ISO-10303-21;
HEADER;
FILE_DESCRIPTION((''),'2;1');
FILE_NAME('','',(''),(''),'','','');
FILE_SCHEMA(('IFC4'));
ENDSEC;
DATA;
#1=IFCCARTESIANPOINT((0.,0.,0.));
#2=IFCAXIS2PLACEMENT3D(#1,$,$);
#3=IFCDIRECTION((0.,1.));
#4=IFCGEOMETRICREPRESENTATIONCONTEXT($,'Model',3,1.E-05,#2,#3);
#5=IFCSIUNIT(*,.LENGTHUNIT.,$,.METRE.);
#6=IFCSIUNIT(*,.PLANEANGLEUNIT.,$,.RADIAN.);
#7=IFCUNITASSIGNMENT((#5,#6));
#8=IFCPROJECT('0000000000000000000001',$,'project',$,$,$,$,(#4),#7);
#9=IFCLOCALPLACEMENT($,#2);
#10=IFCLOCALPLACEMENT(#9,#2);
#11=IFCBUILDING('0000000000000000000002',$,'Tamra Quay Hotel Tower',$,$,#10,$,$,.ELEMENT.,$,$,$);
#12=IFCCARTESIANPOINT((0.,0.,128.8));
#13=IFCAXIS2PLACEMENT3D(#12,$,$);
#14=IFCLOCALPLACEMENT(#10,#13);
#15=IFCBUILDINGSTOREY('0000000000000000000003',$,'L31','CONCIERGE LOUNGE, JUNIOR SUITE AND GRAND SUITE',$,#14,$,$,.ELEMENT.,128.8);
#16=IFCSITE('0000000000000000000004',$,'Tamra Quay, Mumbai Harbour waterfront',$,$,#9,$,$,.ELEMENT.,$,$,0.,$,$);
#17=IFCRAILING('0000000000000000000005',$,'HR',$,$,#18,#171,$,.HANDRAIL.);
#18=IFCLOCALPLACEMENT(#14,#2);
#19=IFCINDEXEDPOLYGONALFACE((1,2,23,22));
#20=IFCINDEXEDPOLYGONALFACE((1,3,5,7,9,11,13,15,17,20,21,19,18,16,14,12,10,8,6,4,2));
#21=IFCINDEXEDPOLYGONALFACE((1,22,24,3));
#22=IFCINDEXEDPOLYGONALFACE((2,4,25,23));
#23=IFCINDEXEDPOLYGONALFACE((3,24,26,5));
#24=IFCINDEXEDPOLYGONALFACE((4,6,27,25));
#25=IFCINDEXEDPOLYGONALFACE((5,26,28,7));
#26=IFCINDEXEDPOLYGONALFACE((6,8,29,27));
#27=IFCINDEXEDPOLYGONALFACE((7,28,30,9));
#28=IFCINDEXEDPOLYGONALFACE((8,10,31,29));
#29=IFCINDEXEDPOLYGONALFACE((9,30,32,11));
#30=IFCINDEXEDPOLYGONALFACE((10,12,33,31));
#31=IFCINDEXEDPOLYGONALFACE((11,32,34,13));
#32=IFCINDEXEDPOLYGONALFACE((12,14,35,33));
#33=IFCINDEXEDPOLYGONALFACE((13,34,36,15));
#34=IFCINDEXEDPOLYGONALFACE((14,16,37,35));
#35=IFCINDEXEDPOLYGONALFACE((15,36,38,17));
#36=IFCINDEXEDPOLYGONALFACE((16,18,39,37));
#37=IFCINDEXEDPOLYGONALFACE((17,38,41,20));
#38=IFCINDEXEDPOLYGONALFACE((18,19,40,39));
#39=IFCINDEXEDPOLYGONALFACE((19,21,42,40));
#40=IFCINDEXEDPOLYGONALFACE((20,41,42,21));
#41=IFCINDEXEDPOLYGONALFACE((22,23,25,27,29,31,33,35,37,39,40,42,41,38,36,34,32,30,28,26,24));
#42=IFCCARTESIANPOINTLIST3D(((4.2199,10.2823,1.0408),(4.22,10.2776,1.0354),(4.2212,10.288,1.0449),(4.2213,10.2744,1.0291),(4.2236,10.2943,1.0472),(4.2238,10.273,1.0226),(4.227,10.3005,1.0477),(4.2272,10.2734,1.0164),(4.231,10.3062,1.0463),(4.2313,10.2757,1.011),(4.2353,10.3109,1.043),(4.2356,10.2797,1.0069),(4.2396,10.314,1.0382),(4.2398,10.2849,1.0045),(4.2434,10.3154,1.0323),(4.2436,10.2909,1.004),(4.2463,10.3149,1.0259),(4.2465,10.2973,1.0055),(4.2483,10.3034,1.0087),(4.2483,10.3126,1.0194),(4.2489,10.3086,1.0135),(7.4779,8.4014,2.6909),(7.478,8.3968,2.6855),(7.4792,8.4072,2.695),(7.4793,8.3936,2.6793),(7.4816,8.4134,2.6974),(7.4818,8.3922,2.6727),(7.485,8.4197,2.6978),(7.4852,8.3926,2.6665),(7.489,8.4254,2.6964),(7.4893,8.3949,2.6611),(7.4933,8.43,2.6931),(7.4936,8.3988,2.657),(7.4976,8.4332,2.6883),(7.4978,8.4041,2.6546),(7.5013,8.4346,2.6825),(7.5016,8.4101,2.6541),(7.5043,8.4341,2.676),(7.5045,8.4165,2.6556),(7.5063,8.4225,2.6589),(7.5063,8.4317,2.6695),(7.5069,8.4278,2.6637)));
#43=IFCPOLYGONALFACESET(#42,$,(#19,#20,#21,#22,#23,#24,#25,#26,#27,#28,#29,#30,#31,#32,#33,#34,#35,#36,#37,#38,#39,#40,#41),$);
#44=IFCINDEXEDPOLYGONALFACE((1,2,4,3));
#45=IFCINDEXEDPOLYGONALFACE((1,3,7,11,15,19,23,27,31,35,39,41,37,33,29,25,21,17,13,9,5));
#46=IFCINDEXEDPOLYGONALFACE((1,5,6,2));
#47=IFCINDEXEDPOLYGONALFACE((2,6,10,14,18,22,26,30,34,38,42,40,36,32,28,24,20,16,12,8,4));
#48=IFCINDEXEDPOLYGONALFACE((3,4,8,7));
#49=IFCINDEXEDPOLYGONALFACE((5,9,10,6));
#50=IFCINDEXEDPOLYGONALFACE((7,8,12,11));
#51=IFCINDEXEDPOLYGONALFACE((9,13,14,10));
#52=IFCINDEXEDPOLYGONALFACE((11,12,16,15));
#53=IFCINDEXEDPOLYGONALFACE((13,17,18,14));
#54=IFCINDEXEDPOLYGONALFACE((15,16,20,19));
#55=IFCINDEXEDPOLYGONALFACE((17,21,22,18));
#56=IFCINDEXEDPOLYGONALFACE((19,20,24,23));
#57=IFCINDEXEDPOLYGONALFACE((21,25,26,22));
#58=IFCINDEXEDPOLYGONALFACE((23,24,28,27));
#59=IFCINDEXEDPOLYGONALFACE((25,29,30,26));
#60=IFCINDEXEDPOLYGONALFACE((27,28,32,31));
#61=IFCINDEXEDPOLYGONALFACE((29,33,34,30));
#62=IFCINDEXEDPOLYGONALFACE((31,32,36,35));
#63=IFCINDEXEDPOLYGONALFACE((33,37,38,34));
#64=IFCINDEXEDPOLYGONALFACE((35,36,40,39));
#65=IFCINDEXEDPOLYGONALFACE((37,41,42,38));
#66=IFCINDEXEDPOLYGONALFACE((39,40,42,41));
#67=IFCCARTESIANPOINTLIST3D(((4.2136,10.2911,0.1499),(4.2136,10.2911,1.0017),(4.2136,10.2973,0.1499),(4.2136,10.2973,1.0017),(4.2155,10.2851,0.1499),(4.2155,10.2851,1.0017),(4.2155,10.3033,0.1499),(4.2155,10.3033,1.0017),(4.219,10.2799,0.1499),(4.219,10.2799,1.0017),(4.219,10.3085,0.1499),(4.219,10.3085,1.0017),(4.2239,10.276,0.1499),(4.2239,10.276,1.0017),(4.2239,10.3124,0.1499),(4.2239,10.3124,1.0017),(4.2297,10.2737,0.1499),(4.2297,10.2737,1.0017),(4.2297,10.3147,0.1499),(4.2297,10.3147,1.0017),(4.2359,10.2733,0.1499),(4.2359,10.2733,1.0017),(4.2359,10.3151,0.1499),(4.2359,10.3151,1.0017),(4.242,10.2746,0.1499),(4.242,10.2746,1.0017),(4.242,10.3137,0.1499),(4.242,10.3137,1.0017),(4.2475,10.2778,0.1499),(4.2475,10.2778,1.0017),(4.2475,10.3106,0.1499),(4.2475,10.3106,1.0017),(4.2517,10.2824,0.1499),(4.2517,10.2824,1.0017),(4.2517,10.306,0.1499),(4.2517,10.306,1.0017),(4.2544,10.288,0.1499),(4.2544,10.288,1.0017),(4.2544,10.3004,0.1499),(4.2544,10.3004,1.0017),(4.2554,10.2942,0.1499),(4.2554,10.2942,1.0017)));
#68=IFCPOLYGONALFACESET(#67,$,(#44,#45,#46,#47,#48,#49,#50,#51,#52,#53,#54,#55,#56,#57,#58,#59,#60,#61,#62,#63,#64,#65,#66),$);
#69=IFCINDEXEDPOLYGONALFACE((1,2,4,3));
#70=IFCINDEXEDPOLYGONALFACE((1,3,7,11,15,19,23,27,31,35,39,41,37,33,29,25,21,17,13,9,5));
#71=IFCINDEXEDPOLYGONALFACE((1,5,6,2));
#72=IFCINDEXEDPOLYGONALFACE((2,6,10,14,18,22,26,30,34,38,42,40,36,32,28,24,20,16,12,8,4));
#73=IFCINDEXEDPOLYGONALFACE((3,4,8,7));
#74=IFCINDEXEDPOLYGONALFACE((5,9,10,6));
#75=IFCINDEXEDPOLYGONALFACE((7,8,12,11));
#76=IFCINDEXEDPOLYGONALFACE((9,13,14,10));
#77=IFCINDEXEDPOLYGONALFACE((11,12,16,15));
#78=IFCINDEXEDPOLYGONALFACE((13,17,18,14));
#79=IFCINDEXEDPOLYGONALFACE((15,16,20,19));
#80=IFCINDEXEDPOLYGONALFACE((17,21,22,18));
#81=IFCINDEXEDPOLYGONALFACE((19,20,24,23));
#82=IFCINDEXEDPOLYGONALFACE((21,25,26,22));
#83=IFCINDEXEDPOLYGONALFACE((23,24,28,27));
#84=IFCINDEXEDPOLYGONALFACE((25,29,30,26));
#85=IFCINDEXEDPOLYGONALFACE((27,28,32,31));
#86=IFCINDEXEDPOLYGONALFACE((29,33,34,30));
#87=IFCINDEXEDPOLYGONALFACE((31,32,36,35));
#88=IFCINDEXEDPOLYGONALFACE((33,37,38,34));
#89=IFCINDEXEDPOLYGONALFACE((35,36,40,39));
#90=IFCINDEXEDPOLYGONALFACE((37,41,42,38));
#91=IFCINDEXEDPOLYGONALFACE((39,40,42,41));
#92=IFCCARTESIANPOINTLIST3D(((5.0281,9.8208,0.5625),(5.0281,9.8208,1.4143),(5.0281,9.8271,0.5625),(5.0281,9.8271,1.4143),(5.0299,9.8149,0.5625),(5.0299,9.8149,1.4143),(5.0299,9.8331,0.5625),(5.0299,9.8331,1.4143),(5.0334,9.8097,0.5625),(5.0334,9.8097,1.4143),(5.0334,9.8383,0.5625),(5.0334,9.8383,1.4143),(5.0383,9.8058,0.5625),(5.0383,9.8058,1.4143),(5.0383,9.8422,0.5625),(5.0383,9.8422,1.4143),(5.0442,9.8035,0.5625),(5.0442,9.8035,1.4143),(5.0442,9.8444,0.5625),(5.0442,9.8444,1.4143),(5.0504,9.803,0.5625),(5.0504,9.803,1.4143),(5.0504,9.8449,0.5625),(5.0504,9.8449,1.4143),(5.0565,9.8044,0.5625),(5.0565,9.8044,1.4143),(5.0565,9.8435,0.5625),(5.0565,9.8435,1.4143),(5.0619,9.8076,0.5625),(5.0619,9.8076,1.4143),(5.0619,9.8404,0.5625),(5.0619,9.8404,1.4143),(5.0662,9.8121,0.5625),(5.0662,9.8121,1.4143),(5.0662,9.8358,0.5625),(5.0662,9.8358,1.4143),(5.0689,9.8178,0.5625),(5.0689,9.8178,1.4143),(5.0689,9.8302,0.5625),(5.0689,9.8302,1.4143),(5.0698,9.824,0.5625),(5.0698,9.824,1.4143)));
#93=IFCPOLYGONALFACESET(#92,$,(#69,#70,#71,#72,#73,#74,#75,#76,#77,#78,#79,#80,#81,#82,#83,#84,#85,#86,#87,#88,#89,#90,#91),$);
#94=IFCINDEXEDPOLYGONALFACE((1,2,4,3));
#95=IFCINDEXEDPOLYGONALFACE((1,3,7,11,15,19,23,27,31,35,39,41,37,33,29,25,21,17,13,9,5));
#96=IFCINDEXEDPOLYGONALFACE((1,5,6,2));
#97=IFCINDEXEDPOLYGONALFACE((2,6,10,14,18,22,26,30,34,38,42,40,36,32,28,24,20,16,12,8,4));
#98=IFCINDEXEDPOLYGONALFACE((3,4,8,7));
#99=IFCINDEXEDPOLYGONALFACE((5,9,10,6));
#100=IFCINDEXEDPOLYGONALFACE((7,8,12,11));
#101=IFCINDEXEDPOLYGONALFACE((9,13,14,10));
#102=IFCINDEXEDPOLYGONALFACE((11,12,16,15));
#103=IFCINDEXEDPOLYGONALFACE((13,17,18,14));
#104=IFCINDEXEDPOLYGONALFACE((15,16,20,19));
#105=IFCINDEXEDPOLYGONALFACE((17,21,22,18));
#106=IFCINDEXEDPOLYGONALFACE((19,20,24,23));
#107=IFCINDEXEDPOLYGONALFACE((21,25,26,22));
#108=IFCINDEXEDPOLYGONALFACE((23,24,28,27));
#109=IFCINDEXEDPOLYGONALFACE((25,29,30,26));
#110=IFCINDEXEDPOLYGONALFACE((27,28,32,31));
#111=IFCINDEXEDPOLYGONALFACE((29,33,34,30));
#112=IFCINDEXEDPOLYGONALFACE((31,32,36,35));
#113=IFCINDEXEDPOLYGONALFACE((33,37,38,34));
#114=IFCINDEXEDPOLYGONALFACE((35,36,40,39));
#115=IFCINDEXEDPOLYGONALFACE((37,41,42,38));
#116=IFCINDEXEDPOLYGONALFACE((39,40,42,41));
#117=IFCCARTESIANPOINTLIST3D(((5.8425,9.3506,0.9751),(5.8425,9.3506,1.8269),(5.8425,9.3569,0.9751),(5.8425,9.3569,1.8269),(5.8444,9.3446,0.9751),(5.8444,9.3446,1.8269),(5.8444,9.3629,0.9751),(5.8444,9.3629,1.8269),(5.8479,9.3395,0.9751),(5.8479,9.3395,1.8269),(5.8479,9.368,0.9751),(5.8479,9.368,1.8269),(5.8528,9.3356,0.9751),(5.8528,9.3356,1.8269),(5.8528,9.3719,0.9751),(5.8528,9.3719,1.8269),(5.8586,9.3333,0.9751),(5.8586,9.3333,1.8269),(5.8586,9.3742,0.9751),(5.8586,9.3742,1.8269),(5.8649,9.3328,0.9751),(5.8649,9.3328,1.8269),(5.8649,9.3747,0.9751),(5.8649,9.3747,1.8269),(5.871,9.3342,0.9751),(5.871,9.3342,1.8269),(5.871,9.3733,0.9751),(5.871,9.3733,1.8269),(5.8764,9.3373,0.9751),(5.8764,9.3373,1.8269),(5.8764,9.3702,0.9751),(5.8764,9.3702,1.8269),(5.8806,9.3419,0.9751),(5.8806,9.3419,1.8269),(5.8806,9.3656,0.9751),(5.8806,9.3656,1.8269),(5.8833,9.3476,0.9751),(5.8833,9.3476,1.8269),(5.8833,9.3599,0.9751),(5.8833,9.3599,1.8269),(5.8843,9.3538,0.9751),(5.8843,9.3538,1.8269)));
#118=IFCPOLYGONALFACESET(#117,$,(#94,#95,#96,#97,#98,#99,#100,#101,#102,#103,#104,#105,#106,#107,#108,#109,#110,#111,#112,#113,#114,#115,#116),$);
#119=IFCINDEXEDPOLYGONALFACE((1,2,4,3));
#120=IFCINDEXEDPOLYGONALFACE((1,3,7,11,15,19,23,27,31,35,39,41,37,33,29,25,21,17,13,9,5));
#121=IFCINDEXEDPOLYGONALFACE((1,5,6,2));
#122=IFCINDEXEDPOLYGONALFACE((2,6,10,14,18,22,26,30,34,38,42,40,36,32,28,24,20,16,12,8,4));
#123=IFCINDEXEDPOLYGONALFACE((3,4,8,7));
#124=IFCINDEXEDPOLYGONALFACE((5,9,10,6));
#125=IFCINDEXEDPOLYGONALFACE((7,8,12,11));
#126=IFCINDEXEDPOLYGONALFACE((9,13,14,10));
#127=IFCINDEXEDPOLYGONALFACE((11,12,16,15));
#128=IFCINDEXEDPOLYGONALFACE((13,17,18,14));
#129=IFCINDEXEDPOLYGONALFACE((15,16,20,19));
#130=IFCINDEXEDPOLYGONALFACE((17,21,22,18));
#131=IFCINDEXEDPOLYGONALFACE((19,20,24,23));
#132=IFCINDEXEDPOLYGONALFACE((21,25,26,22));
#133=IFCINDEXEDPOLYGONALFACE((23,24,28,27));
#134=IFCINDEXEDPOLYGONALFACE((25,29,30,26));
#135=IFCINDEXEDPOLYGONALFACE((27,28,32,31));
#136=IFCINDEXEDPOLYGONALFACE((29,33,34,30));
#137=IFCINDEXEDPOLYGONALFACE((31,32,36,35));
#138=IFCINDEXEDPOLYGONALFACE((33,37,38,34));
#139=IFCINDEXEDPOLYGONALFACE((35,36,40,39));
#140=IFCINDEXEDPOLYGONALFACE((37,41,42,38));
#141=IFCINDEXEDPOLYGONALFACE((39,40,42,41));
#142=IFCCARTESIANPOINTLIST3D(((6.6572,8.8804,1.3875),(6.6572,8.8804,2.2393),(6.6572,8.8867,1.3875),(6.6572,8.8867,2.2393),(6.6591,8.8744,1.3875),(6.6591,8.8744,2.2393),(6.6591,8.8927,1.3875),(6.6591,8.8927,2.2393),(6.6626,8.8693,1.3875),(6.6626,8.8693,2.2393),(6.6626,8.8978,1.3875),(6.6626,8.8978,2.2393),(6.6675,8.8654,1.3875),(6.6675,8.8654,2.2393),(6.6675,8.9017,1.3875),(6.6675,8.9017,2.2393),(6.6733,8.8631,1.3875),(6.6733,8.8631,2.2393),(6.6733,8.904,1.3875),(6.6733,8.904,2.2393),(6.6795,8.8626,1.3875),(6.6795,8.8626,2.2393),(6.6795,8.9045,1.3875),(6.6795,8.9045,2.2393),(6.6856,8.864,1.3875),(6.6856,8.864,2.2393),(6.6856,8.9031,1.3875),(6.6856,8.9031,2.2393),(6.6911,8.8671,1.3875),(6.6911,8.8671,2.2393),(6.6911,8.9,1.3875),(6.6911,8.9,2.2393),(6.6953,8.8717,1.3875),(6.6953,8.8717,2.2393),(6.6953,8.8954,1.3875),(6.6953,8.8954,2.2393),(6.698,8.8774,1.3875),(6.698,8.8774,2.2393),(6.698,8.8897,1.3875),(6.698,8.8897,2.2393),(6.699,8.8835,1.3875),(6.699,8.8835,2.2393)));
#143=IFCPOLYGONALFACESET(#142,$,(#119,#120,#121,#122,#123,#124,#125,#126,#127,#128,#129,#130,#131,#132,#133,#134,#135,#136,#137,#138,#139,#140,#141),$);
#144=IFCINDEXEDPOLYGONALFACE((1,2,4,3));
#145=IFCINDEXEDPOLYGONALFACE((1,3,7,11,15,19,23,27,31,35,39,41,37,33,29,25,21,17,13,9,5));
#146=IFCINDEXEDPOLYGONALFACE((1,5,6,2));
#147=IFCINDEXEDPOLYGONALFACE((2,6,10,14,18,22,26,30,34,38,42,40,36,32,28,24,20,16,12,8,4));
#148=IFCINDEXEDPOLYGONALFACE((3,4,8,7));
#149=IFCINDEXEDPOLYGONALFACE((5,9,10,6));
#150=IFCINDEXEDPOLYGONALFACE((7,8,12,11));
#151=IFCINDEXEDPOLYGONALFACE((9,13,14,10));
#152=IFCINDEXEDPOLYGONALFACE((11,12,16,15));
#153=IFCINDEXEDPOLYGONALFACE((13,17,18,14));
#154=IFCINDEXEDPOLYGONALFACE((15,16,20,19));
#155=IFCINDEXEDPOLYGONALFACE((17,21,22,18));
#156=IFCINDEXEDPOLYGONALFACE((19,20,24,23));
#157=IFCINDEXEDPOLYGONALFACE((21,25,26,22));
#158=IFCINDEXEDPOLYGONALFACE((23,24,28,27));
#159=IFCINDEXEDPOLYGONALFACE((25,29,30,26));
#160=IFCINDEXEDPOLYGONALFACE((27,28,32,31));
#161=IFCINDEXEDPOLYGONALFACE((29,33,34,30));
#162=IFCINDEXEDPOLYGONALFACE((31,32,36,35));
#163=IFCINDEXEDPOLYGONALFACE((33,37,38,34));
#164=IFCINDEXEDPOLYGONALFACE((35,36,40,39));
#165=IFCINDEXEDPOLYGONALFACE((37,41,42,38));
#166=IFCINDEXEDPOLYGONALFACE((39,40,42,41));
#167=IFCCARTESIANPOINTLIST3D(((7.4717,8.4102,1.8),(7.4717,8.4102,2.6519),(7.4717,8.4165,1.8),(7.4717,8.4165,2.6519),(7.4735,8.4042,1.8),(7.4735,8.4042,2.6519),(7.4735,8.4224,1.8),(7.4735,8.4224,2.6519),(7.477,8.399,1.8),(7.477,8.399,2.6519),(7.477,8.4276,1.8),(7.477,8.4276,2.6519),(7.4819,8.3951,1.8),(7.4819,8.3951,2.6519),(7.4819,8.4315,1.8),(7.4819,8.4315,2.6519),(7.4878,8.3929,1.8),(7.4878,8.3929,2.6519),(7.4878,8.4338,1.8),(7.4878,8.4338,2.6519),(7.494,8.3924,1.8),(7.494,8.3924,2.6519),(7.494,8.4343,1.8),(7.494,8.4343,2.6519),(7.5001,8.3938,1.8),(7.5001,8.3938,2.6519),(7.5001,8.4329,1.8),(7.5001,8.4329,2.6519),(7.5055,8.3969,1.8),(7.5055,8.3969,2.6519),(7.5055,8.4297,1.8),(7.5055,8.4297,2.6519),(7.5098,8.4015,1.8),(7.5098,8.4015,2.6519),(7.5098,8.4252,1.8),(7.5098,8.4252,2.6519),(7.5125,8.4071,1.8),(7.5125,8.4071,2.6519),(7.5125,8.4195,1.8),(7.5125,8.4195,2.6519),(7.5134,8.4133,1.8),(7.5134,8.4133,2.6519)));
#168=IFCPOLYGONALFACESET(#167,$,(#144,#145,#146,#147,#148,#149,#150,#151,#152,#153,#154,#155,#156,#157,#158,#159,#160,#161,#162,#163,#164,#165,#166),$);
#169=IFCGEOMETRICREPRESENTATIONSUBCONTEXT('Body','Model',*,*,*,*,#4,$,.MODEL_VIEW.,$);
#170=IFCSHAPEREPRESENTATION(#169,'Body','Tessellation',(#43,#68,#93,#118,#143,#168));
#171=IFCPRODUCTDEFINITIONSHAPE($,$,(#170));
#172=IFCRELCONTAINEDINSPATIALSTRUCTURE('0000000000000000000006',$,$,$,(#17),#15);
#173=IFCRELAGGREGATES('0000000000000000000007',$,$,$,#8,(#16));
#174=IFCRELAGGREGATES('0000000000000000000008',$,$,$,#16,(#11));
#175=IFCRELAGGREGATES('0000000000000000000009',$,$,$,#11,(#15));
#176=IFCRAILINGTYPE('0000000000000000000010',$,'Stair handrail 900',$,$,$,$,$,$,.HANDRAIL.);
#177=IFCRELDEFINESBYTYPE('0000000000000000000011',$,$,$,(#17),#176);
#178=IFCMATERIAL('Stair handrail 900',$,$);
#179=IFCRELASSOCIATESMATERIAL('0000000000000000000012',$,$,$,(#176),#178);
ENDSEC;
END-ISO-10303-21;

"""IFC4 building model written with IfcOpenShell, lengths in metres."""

from ifc_helpers import new_model, si_unit, direction, frame, origin, origin_2d, place, context, subcontext, project, spatial, circle, extrude, material, type_object, element, save


model = new_model("IFC4")

# Units and contexts
model_context = context("Model", 3, precision=1e-05, world=origin(), true_north=direction((0.0, 1.0)))
body_context = subcontext(model_context, "Body", "Model", "MODEL_VIEW")
ifc_project = project(units=[si_unit("LENGTHUNIT", "METRE"), si_unit("PLANEANGLEUNIT", "RADIAN")], contexts=[model_context])

# Site, building, storey
site_placement = place(None, origin())
site = spatial("IfcSite", under=ifc_project, at=site_placement, Name="Tamra Quay, Mumbai Harbour waterfront", CompositionType="ELEMENT", RefElevation=0.0)
building_placement = place(site_placement, origin())
building = spatial("IfcBuilding", under=site, at=building_placement, Name="Tamra Quay Hotel Tower", CompositionType="ELEMENT")
storey_placement = place(building_placement, frame((0.0, 0.0, 128.8)))
storey = spatial("IfcBuildingStorey", under=building, at=storey_placement, Name="L31", Description="CONCIERGE LOUNGE, JUNIOR SUITE AND GRAND SUITE", CompositionType="ELEMENT", Elevation=128.8)

# Railing
ifc_material_1 = material(Name="Stair handrail 900")
railing_type_1 = type_object("IfcRailingType", Name="Stair handrail 900", PredefinedType="HANDRAIL", material=ifc_material_1)
railing_1_placement = place(storey_placement, frame((4.2344, 10.2942, 0.1499)))
element("IfcRailing", 1, at=railing_1_placement, inside=storey, type_object=railing_type_1, Name="HR", PredefinedType="HANDRAIL", context=body_context, shape_type="SweptSolid", body=[
    extrude(circle(Radius=0.0239, at=origin_2d()), frame((0.0, 0.0, 0.876), z_axis=(0.793103, -0.457854, 0.401692), x_axis=(0.499964, 0.866046, 0.0)), (0.0, 0.0, 1.0), 4.1079),
    extrude(circle(Radius=0.021, at=origin_2d()), origin(), (0.0, 0.0, 1.0), 0.8518),
    extrude(circle(Radius=0.021, at=origin_2d()), frame((0.8145, -0.4702, 0.4126)), (0.0, 0.0, 1.0), 0.8518),
    extrude(circle(Radius=0.021, at=origin_2d()), frame((1.6289, -0.9404, 0.8252)), (0.0, 0.0, 1.0), 0.8518),
    extrude(circle(Radius=0.021, at=origin_2d()), frame((2.4436, -1.4106, 1.2375)), (0.0, 0.0, 1.0), 0.8518),
    extrude(circle(Radius=0.021, at=origin_2d()), frame((3.2581, -1.8809, 1.6501)), (0.0, 0.0, 1.0), 0.8518),
])

save(model, "model.ifc")
